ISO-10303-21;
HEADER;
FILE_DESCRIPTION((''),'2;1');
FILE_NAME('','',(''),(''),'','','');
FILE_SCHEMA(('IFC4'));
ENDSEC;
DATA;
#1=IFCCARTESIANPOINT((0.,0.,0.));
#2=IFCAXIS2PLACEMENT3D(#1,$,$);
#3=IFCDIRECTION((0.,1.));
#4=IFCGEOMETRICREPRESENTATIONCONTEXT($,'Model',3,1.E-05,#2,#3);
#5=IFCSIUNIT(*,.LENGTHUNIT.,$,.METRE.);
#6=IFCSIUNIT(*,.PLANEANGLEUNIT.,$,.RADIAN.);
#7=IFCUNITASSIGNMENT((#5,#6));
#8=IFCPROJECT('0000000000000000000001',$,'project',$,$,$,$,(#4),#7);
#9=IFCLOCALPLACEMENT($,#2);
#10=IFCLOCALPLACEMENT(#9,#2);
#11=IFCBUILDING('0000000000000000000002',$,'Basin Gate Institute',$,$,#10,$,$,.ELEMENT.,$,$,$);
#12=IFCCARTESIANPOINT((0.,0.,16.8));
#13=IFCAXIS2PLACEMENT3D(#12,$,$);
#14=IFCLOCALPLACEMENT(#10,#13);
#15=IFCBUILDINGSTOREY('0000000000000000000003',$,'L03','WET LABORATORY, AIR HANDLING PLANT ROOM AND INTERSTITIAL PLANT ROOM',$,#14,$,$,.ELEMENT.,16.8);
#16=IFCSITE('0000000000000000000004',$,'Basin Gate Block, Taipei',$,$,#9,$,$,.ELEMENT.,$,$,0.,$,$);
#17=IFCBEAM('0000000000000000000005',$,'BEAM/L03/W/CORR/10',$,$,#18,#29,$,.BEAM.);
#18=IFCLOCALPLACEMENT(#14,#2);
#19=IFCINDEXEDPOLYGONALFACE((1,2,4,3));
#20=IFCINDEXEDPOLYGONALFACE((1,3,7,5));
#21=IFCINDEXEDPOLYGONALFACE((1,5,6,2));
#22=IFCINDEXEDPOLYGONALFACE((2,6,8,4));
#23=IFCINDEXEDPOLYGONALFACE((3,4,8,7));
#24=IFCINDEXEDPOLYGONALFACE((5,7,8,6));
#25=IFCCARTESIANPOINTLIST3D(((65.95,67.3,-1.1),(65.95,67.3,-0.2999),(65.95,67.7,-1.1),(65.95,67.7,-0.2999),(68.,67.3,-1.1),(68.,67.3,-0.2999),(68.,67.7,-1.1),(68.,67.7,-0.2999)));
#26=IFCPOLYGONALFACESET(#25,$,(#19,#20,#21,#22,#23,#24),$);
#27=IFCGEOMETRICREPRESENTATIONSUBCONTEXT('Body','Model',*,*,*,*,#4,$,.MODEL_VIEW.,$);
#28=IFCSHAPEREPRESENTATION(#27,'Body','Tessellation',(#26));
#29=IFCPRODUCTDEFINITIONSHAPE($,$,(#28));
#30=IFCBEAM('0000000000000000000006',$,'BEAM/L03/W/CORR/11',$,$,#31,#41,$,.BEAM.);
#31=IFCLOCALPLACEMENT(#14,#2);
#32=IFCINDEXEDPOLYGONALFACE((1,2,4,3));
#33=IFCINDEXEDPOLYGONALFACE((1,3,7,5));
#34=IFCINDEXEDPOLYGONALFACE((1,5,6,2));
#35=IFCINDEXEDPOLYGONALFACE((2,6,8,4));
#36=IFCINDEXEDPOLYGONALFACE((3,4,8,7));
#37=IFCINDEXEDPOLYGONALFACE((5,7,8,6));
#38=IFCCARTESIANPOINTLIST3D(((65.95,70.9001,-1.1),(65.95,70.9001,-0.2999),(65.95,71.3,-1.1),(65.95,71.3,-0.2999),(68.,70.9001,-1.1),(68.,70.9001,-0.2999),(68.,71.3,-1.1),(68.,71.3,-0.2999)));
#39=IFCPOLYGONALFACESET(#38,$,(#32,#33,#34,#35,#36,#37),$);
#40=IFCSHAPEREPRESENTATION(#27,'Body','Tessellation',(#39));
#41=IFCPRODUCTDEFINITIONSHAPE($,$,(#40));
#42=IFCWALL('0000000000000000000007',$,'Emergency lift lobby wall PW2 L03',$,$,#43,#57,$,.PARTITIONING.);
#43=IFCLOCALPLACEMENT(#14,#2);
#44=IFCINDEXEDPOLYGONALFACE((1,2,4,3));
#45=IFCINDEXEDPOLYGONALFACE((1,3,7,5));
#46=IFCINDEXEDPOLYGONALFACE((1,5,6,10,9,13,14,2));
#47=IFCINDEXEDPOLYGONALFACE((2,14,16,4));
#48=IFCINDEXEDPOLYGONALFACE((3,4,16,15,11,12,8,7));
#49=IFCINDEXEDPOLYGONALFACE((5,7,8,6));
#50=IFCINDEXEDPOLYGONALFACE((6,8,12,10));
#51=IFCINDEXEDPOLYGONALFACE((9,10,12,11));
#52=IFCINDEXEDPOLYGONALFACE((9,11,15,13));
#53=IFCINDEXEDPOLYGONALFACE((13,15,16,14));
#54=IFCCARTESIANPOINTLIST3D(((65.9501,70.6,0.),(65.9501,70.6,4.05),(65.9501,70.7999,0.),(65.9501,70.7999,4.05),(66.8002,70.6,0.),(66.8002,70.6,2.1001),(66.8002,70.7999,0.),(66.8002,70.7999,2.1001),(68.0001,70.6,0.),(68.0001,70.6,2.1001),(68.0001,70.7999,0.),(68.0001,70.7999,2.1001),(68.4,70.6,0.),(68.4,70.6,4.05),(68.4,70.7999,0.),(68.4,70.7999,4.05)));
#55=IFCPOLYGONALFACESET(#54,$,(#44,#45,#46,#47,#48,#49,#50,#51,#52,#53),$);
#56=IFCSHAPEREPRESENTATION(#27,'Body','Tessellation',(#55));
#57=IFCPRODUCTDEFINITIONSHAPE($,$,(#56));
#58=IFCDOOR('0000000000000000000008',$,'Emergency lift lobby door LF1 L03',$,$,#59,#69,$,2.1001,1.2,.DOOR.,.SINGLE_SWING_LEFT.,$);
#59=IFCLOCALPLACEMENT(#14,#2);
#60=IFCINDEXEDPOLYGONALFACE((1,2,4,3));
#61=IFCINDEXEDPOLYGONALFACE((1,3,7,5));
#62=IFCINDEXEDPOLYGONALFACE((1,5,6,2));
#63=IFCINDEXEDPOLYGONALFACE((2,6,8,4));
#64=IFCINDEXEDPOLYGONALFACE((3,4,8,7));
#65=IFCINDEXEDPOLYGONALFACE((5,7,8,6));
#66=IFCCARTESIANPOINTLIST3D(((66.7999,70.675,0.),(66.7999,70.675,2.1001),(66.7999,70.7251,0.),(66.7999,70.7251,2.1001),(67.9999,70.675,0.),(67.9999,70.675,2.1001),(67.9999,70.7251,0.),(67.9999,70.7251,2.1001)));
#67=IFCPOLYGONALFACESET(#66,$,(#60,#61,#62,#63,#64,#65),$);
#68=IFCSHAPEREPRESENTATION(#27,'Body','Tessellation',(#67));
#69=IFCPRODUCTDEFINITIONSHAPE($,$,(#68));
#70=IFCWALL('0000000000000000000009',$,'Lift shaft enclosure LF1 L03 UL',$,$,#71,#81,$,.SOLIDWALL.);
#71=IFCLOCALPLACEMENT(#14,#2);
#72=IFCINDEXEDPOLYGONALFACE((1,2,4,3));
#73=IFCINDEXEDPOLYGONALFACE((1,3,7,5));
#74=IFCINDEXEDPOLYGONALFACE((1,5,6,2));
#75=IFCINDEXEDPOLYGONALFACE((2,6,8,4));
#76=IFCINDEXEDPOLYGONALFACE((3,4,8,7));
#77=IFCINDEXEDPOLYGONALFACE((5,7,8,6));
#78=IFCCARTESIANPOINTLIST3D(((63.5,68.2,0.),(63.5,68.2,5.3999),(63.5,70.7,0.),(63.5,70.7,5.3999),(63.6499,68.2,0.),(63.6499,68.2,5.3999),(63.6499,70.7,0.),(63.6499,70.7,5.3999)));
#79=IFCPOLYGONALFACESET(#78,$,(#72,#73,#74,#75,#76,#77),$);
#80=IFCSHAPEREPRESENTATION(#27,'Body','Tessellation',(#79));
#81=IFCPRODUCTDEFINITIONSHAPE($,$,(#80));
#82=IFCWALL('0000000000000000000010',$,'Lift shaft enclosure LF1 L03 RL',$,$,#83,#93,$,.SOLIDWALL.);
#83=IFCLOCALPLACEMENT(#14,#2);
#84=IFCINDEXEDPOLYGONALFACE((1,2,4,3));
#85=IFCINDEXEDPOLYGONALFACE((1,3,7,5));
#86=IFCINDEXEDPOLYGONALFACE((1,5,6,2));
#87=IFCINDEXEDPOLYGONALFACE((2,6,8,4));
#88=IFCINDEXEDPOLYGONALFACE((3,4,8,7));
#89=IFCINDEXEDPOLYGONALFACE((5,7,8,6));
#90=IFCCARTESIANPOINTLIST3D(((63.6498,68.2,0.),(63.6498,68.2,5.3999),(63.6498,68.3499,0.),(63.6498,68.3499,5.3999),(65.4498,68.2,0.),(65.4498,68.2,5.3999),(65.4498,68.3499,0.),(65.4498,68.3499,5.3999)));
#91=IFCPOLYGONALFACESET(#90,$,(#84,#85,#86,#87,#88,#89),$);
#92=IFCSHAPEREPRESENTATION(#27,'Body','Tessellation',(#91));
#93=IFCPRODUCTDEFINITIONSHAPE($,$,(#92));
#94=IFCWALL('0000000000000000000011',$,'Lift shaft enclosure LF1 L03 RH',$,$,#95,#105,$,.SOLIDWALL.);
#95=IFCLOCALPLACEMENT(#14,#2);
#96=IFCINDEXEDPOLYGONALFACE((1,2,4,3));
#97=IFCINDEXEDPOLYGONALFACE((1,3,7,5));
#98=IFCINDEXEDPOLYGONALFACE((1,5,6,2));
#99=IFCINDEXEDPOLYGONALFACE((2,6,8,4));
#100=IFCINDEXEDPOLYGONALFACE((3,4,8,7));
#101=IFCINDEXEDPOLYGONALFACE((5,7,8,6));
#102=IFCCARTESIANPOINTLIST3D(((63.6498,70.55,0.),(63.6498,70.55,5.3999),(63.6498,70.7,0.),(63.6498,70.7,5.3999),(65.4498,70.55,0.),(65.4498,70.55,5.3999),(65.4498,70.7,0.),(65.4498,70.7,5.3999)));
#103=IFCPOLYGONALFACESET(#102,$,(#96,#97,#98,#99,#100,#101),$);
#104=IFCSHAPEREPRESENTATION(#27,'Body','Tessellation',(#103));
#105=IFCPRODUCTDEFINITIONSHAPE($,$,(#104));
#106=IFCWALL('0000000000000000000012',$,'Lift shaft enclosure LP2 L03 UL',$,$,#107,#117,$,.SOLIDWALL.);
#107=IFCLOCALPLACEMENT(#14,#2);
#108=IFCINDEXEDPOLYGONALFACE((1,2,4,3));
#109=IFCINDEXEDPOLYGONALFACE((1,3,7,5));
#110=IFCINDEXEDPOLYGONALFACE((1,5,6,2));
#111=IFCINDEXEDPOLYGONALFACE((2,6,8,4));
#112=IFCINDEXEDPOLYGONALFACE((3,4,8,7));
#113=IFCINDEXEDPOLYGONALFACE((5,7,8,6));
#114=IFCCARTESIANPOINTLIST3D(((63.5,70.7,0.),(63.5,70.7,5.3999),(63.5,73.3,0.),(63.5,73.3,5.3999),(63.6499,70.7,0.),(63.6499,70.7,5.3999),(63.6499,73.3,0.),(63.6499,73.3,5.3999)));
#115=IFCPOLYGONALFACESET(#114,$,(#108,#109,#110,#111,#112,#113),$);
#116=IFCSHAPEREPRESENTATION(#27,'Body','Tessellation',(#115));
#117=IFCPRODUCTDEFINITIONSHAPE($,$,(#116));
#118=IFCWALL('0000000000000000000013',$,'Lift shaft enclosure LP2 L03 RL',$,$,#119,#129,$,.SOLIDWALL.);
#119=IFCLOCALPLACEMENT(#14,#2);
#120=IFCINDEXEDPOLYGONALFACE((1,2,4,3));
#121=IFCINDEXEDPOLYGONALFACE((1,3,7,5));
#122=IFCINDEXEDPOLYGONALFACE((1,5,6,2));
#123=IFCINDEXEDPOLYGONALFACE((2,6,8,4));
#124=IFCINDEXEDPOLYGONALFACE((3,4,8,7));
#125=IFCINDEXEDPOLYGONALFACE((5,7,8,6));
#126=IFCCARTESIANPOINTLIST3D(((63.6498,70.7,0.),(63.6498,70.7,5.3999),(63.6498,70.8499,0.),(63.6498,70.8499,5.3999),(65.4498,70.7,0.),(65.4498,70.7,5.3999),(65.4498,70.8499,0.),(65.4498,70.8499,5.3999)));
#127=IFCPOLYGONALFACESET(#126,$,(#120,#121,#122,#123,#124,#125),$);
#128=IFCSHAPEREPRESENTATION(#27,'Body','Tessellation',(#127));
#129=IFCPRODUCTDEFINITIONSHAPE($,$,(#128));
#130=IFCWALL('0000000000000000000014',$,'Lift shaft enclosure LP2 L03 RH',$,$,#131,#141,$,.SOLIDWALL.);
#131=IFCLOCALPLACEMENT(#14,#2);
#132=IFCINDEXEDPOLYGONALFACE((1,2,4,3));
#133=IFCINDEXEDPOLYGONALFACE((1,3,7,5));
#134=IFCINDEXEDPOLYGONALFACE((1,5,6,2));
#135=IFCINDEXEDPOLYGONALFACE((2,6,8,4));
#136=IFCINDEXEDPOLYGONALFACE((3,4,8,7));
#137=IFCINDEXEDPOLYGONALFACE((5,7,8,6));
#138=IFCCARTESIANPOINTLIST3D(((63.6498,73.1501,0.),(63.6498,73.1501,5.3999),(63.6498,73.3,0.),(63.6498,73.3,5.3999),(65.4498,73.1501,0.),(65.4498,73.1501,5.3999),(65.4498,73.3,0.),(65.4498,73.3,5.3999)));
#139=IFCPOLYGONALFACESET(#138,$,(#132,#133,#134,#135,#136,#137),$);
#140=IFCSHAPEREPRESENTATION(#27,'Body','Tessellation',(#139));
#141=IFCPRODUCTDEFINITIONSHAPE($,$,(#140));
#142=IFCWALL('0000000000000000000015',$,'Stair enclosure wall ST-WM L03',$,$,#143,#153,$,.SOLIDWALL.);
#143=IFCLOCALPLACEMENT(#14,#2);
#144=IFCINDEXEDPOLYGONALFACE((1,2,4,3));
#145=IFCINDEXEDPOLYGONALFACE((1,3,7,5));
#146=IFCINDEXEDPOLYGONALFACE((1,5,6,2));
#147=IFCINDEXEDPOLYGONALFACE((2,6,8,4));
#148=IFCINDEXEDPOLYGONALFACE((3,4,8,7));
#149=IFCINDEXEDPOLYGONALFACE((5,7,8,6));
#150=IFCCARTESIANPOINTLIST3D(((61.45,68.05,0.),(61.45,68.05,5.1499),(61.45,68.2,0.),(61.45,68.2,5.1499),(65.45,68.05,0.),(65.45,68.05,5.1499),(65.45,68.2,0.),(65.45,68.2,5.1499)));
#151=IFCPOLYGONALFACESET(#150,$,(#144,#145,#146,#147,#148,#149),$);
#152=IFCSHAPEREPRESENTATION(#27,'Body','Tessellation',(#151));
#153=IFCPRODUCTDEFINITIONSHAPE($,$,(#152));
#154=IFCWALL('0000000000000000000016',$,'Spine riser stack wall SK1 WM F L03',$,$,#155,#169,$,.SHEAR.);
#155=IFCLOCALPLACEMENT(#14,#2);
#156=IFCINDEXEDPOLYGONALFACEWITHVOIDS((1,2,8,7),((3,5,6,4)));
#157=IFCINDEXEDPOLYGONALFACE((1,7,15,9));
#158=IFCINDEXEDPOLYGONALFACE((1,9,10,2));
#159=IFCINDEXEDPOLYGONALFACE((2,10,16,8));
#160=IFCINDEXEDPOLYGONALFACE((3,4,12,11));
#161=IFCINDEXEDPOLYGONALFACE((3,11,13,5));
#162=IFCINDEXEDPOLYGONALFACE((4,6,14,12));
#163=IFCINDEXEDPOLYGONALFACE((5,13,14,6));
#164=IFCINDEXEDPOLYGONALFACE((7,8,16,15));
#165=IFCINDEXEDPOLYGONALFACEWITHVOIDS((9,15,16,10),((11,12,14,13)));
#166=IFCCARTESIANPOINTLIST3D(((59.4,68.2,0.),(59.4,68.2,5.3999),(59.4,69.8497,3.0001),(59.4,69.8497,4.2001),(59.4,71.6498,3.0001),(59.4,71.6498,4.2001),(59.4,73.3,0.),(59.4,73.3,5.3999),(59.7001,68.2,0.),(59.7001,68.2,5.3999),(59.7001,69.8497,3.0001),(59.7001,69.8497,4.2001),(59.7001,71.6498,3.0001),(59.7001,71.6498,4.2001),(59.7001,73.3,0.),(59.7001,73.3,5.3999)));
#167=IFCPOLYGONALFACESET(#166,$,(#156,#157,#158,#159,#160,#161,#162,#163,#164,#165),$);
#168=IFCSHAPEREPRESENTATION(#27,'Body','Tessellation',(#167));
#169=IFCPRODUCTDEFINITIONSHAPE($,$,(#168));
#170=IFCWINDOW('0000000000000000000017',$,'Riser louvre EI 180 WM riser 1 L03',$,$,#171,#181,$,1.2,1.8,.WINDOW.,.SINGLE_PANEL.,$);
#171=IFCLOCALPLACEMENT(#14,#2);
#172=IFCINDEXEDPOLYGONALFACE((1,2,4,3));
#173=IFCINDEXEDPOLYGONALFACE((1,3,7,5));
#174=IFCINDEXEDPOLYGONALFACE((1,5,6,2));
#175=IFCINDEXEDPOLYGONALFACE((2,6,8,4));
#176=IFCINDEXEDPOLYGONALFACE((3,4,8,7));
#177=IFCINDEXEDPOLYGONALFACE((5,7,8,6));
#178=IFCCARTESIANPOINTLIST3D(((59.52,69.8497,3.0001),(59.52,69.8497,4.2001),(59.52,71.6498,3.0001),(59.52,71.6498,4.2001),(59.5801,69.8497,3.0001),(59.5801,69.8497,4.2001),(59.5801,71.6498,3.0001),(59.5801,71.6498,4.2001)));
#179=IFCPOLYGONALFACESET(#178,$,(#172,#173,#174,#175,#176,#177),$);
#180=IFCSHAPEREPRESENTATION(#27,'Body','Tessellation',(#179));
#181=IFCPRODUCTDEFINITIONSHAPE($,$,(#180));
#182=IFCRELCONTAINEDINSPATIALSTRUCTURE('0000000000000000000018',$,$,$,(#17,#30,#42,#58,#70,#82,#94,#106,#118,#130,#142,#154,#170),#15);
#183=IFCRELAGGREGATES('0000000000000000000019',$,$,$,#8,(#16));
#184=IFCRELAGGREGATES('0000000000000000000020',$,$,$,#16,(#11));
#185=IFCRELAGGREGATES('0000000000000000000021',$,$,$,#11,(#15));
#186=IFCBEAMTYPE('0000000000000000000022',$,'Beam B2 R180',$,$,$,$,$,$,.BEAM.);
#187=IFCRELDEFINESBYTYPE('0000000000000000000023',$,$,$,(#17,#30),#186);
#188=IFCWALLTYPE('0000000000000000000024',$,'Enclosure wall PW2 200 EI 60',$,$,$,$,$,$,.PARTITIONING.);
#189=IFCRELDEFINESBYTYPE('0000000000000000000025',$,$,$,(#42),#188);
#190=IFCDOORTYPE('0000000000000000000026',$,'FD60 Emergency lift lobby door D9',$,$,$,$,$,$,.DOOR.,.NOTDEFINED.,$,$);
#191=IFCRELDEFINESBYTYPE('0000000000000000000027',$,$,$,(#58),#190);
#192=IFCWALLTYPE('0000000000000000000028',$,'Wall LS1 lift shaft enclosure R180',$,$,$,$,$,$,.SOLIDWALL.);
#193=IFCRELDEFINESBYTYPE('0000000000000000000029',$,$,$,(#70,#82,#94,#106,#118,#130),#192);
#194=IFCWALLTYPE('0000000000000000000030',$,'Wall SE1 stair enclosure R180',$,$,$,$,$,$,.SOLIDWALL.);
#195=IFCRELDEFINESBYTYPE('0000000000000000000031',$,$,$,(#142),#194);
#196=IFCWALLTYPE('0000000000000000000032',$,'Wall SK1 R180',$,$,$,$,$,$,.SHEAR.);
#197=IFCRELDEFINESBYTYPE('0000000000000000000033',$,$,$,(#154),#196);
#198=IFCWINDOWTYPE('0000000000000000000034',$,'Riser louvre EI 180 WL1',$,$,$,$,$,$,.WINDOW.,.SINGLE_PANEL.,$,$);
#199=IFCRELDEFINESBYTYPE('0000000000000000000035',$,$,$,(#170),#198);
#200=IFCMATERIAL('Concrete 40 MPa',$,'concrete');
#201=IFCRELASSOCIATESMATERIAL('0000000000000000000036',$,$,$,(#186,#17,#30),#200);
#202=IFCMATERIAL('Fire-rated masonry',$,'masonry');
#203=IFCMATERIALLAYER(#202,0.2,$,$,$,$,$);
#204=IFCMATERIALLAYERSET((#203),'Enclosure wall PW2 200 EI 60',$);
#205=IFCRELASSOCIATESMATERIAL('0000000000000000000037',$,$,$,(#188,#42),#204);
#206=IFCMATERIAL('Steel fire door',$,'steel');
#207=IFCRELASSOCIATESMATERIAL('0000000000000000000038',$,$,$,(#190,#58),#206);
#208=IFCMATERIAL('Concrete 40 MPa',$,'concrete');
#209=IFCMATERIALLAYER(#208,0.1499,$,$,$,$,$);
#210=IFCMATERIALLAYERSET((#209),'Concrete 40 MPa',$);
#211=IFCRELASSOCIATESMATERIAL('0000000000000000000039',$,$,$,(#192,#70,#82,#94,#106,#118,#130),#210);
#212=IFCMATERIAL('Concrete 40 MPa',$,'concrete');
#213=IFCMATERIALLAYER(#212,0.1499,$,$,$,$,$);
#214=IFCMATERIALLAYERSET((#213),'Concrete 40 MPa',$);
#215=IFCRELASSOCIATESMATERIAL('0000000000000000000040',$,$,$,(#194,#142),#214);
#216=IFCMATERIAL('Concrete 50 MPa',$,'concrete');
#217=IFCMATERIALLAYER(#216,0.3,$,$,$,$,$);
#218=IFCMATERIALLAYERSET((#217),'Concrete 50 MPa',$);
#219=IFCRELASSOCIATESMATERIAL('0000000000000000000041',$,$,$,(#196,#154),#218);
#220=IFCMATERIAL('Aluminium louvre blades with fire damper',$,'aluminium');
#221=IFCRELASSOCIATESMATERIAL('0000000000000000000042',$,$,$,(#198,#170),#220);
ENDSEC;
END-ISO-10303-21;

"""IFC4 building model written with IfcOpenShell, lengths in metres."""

from ifc_helpers import new_model, si_unit, direction, frame, frame_2d, origin, origin_2d, place, context, subcontext, project, spatial, rectangle, extrude, material, layer, layer_set, material_profile, profile_set, type_object, element, fill, save


model = new_model("IFC4")

# Units and contexts
model_context = context("Model", 3, precision=1e-05, world=origin(), true_north=direction((0.0, 1.0)))
body_context = subcontext(model_context, "Body", "Model", "MODEL_VIEW")
ifc_project = project(units=[si_unit("LENGTHUNIT", "METRE"), si_unit("PLANEANGLEUNIT", "RADIAN")], contexts=[model_context])

# Site, building, storey
site_placement = place(None, origin())
site = spatial("IfcSite", under=ifc_project, at=site_placement, Name="Basin Gate Block, Taipei", CompositionType="ELEMENT", RefElevation=0.0)
building_placement = place(site_placement, origin())
building = spatial("IfcBuilding", under=site, at=building_placement, Name="Basin Gate Institute", CompositionType="ELEMENT")
storey_placement = place(building_placement, frame((0.0, 0.0, 16.8)))
storey = spatial("IfcBuildingStorey", under=building, at=storey_placement, Name="L03", Description="WET LABORATORY, AIR HANDLING PLANT ROOM AND INTERSTITIAL PLANT ROOM", CompositionType="ELEMENT", Elevation=16.8)

# Beams
ifc_material_1 = material(Name="Concrete 40 MPa", Category="concrete")
ifc_material_profile = material_profile(ifc_material_1, rectangle(XDim=0.3999, YDim=0.8, at=origin_2d()), Name="Beam B2 400 x 800")
ifc_profile_set = profile_set([ifc_material_profile], Name="Concrete 40 MPa")
beam_type = type_object("IfcBeamType", Name="Beam B2 R180", PredefinedType="BEAM", material=ifc_profile_set)
for number, where, z_axis, x_axis, name in (
    (1, (65.95, 67.5, -0.7), (1.0, 0.0, 0.0), (0.0, 1.0, 0.0), "BEAM/L03/W/CORR/10"),
    (2, (65.95, 71.1001, -0.7), (1.0, 0.0, 0.0), (0.0, 1.0, 0.0), "BEAM/L03/W/CORR/11"),
):
    element("IfcBeam", number, at=place(storey_placement, frame(where, z_axis=z_axis, x_axis=x_axis)), inside=storey, type_object=beam_type, material=ifc_profile_set, Name=name, PredefinedType="BEAM", context=body_context, shape_type="SweptSolid", body=[
        extrude(rectangle(XDim=0.3999, YDim=0.8, at=origin_2d()), origin(), (0.0, 0.0, 1.0), 2.05),
    ])

# Wall, opening, door
ifc_material_2 = material(Name="Fire-rated masonry", Category="masonry")
ifc_layer_1 = layer(ifc_material_2, 0.2)
ifc_layer_set_1 = layer_set([ifc_layer_1], Name="Enclosure wall PW2 200 EI 60")
wall_type_1 = type_object("IfcWallType", Name="Enclosure wall PW2 200 EI 60", PredefinedType="PARTITIONING", material=ifc_layer_set_1)
wall_1_placement = place(storey_placement, frame((65.95, 70.7, 0.0), z_axis=(0.0, 0.0, 1.0), x_axis=(1.0, 0.0, 0.0)))
wall_1 = element("IfcWall", 3, at=wall_1_placement, inside=storey, type_object=wall_type_1, material=ifc_layer_set_1, Name="Emergency lift lobby wall PW2 L03", PredefinedType="PARTITIONING", context=body_context, shape_type="SweptSolid", body=[
    extrude(rectangle(XDim=2.45, YDim=0.2, at=frame_2d((1.2251, 0.0))), origin(), (0.0, 0.0, 1.0), 4.05),
])
opening_1_placement = place(wall_1_placement, frame((0.8501, 0.0, 0.0)))
opening_1 = element("IfcOpeningElement", 4, at=opening_1_placement, cuts=wall_1, PredefinedType="OPENING", context=body_context, shape_type="SweptSolid", body=[
    extrude(rectangle(XDim=1.2, YDim=2.1001, at=frame_2d((0.6001, 1.05))), frame((0.0, 0.1099, 0.0), z_axis=(0.0, -1.0, 0.0), x_axis=(1.0, 0.0, 0.0)), (0.0, 0.0, 1.0), 0.22),
])
ifc_material_3 = material(Name="Steel fire door", Category="steel")
door_type = type_object("IfcDoorType", Name="FD60 Emergency lift lobby door D9", OperationType="NOTDEFINED", PredefinedType="DOOR", material=ifc_material_3)
door_placement = place(opening_1_placement, frame((1.2, 0.0, 0.0), z_axis=(0.0, 0.0, 1.0), x_axis=(-1.0, 0.0, 0.0)))
door = element("IfcDoor", 5, at=door_placement, inside=storey, type_object=door_type, material=ifc_material_3, Name="Emergency lift lobby door LF1 L03", OperationType="SINGLE_SWING_LEFT", OverallHeight=2.1001, OverallWidth=1.2, PredefinedType="DOOR", context=body_context, shape_type="SweptSolid", body=[
    extrude(rectangle(XDim=1.2, YDim=2.1001, at=frame_2d((0.6001, 1.05))), frame((0.0, 0.0249, 0.0), z_axis=(0.0, -1.0, 0.0), x_axis=(1.0, 0.0, 0.0)), (0.0, 0.0, 1.0), 0.05),
])
fill(opening_1, door)

# Walls
ifc_material_4 = material(Name="Concrete 40 MPa", Category="concrete")
ifc_layer_2 = layer(ifc_material_4, 0.1499)
ifc_layer_set_2 = layer_set([ifc_layer_2], Name="Concrete 40 MPa")
wall_type_2 = type_object("IfcWallType", Name="Wall LS1 lift shaft enclosure R180", PredefinedType="SOLIDWALL", material=ifc_layer_set_2)
wall_2_placement = place(storey_placement, frame((63.575, 68.2, 0.0), z_axis=(0.0, 0.0, 1.0), x_axis=(0.0, 1.0, 0.0)))
element("IfcWall", 6, at=wall_2_placement, inside=storey, type_object=wall_type_2, material=ifc_layer_set_2, Name="Lift shaft enclosure LF1 L03 UL", PredefinedType="SOLIDWALL", context=body_context, shape_type="SweptSolid", body=[
    extrude(rectangle(XDim=2.5, YDim=0.1499, at=frame_2d((1.25, 0.0))), origin(), (0.0, 0.0, 1.0), 5.3999),
])
for number, where, z_axis, x_axis, name in (
    (7, (63.6499, 68.2749, 0.0), (0.0, 0.0, 1.0), (1.0, 0.0, 0.0), "Lift shaft enclosure LF1 L03 RL"),
    (8, (63.6499, 70.625, 0.0), (0.0, 0.0, 1.0), (1.0, 0.0, 0.0), "Lift shaft enclosure LF1 L03 RH"),
):
    element("IfcWall", number, at=place(storey_placement, frame(where, z_axis=z_axis, x_axis=x_axis)), inside=storey, type_object=wall_type_2, material=ifc_layer_set_2, Name=name, PredefinedType="SOLIDWALL", context=body_context, shape_type="SweptSolid", body=[
        extrude(rectangle(XDim=1.8, YDim=0.1499, at=frame_2d((0.8999, 0.0))), origin(), (0.0, 0.0, 1.0), 5.3999),
    ])
wall_3_placement = place(storey_placement, frame((63.575, 70.7, 0.0), z_axis=(0.0, 0.0, 1.0), x_axis=(0.0, 1.0, 0.0)))
element("IfcWall", 9, at=wall_3_placement, inside=storey, type_object=wall_type_2, material=ifc_layer_set_2, Name="Lift shaft enclosure LP2 L03 UL", PredefinedType="SOLIDWALL", context=body_context, shape_type="SweptSolid", body=[
    extrude(rectangle(XDim=2.6001, YDim=0.1499, at=frame_2d((1.3, 0.0))), origin(), (0.0, 0.0, 1.0), 5.3999),
])
for number, where, z_axis, x_axis, name in (
    (10, (63.6499, 70.7749, 0.0), (0.0, 0.0, 1.0), (1.0, 0.0, 0.0), "Lift shaft enclosure LP2 L03 RL"),
    (11, (63.6499, 73.2251, 0.0), (0.0, 0.0, 1.0), (1.0, 0.0, 0.0), "Lift shaft enclosure LP2 L03 RH"),
):
    element("IfcWall", number, at=place(storey_placement, frame(where, z_axis=z_axis, x_axis=x_axis)), inside=storey, type_object=wall_type_2, material=ifc_layer_set_2, Name=name, PredefinedType="SOLIDWALL", context=body_context, shape_type="SweptSolid", body=[
        extrude(rectangle(XDim=1.8, YDim=0.1499, at=frame_2d((0.8999, 0.0))), origin(), (0.0, 0.0, 1.0), 5.3999),
    ])
ifc_material_5 = material(Name="Concrete 40 MPa", Category="concrete")
ifc_layer_3 = layer(ifc_material_5, 0.1499)
ifc_layer_set_3 = layer_set([ifc_layer_3], Name="Concrete 40 MPa")
wall_type_3 = type_object("IfcWallType", Name="Wall SE1 stair enclosure R180", PredefinedType="SOLIDWALL", material=ifc_layer_set_3)
wall_4_placement = place(storey_placement, frame((61.45, 68.125, 0.0), z_axis=(0.0, 0.0, 1.0), x_axis=(1.0, 0.0, 0.0)))
element("IfcWall", 12, at=wall_4_placement, inside=storey, type_object=wall_type_3, material=ifc_layer_set_3, Name="Stair enclosure wall ST-WM L03", PredefinedType="SOLIDWALL", context=body_context, shape_type="SweptSolid", body=[
    extrude(rectangle(XDim=4.0, YDim=0.1499, at=frame_2d((2.0, 0.0))), origin(), (0.0, 0.0, 1.0), 5.1499),
])

# Wall, opening, window
ifc_material_6 = material(Name="Concrete 50 MPa", Category="concrete")
ifc_layer_4 = layer(ifc_material_6, 0.3)
ifc_layer_set_4 = layer_set([ifc_layer_4], Name="Concrete 50 MPa")
wall_type_4 = type_object("IfcWallType", Name="Wall SK1 R180", PredefinedType="SHEAR", material=ifc_layer_set_4)
wall_5_placement = place(storey_placement, frame((59.55, 68.2, 0.0), z_axis=(0.0, 0.0, 1.0), x_axis=(0.0, 1.0, 0.0)))
wall_5 = element("IfcWall", 13, at=wall_5_placement, inside=storey, type_object=wall_type_4, material=ifc_layer_set_4, Name="Spine riser stack wall SK1 WM F L03", PredefinedType="SHEAR", context=body_context, shape_type="SweptSolid", body=[
    extrude(rectangle(XDim=5.1001, YDim=0.3, at=frame_2d((2.55, 0.0))), origin(), (0.0, 0.0, 1.0), 5.3999),
])
opening_2_placement = place(wall_5_placement, frame((1.6499, 0.0, 3.0)))
opening_2 = element("IfcOpeningElement", 14, at=opening_2_placement, cuts=wall_5, PredefinedType="OPENING", context=body_context, shape_type="SweptSolid", body=[
    extrude(rectangle(XDim=1.8, YDim=1.2, at=frame_2d((0.8999, 0.6001))), frame((0.0, 0.1602, 0.0), z_axis=(0.0, -1.0, 0.0), x_axis=(1.0, 0.0, 0.0)), (0.0, 0.0, 1.0), 0.3201),
])
ifc_material_7 = material(Name="Aluminium louvre blades with fire damper", Category="aluminium")
window_type = type_object("IfcWindowType", Name="Riser louvre EI 180 WL1", PartitioningType="SINGLE_PANEL", PredefinedType="WINDOW", material=ifc_material_7)
window_placement = place(opening_2_placement, origin())
window = element("IfcWindow", 15, at=window_placement, inside=storey, type_object=window_type, material=ifc_material_7, Name="Riser louvre EI 180 WM riser 1 L03", OverallHeight=1.2, OverallWidth=1.8, PartitioningType="SINGLE_PANEL", PredefinedType="WINDOW", context=body_context, shape_type="SweptSolid", body=[
    extrude(rectangle(XDim=1.8, YDim=1.2, at=frame_2d((0.8999, 0.6001))), frame((0.0, 0.03, 0.0), z_axis=(0.0, -1.0, 0.0), x_axis=(1.0, 0.0, 0.0)), (0.0, 0.0, 1.0), 0.0601),
])
fill(opening_2, window)

save(model, "model.ifc")
